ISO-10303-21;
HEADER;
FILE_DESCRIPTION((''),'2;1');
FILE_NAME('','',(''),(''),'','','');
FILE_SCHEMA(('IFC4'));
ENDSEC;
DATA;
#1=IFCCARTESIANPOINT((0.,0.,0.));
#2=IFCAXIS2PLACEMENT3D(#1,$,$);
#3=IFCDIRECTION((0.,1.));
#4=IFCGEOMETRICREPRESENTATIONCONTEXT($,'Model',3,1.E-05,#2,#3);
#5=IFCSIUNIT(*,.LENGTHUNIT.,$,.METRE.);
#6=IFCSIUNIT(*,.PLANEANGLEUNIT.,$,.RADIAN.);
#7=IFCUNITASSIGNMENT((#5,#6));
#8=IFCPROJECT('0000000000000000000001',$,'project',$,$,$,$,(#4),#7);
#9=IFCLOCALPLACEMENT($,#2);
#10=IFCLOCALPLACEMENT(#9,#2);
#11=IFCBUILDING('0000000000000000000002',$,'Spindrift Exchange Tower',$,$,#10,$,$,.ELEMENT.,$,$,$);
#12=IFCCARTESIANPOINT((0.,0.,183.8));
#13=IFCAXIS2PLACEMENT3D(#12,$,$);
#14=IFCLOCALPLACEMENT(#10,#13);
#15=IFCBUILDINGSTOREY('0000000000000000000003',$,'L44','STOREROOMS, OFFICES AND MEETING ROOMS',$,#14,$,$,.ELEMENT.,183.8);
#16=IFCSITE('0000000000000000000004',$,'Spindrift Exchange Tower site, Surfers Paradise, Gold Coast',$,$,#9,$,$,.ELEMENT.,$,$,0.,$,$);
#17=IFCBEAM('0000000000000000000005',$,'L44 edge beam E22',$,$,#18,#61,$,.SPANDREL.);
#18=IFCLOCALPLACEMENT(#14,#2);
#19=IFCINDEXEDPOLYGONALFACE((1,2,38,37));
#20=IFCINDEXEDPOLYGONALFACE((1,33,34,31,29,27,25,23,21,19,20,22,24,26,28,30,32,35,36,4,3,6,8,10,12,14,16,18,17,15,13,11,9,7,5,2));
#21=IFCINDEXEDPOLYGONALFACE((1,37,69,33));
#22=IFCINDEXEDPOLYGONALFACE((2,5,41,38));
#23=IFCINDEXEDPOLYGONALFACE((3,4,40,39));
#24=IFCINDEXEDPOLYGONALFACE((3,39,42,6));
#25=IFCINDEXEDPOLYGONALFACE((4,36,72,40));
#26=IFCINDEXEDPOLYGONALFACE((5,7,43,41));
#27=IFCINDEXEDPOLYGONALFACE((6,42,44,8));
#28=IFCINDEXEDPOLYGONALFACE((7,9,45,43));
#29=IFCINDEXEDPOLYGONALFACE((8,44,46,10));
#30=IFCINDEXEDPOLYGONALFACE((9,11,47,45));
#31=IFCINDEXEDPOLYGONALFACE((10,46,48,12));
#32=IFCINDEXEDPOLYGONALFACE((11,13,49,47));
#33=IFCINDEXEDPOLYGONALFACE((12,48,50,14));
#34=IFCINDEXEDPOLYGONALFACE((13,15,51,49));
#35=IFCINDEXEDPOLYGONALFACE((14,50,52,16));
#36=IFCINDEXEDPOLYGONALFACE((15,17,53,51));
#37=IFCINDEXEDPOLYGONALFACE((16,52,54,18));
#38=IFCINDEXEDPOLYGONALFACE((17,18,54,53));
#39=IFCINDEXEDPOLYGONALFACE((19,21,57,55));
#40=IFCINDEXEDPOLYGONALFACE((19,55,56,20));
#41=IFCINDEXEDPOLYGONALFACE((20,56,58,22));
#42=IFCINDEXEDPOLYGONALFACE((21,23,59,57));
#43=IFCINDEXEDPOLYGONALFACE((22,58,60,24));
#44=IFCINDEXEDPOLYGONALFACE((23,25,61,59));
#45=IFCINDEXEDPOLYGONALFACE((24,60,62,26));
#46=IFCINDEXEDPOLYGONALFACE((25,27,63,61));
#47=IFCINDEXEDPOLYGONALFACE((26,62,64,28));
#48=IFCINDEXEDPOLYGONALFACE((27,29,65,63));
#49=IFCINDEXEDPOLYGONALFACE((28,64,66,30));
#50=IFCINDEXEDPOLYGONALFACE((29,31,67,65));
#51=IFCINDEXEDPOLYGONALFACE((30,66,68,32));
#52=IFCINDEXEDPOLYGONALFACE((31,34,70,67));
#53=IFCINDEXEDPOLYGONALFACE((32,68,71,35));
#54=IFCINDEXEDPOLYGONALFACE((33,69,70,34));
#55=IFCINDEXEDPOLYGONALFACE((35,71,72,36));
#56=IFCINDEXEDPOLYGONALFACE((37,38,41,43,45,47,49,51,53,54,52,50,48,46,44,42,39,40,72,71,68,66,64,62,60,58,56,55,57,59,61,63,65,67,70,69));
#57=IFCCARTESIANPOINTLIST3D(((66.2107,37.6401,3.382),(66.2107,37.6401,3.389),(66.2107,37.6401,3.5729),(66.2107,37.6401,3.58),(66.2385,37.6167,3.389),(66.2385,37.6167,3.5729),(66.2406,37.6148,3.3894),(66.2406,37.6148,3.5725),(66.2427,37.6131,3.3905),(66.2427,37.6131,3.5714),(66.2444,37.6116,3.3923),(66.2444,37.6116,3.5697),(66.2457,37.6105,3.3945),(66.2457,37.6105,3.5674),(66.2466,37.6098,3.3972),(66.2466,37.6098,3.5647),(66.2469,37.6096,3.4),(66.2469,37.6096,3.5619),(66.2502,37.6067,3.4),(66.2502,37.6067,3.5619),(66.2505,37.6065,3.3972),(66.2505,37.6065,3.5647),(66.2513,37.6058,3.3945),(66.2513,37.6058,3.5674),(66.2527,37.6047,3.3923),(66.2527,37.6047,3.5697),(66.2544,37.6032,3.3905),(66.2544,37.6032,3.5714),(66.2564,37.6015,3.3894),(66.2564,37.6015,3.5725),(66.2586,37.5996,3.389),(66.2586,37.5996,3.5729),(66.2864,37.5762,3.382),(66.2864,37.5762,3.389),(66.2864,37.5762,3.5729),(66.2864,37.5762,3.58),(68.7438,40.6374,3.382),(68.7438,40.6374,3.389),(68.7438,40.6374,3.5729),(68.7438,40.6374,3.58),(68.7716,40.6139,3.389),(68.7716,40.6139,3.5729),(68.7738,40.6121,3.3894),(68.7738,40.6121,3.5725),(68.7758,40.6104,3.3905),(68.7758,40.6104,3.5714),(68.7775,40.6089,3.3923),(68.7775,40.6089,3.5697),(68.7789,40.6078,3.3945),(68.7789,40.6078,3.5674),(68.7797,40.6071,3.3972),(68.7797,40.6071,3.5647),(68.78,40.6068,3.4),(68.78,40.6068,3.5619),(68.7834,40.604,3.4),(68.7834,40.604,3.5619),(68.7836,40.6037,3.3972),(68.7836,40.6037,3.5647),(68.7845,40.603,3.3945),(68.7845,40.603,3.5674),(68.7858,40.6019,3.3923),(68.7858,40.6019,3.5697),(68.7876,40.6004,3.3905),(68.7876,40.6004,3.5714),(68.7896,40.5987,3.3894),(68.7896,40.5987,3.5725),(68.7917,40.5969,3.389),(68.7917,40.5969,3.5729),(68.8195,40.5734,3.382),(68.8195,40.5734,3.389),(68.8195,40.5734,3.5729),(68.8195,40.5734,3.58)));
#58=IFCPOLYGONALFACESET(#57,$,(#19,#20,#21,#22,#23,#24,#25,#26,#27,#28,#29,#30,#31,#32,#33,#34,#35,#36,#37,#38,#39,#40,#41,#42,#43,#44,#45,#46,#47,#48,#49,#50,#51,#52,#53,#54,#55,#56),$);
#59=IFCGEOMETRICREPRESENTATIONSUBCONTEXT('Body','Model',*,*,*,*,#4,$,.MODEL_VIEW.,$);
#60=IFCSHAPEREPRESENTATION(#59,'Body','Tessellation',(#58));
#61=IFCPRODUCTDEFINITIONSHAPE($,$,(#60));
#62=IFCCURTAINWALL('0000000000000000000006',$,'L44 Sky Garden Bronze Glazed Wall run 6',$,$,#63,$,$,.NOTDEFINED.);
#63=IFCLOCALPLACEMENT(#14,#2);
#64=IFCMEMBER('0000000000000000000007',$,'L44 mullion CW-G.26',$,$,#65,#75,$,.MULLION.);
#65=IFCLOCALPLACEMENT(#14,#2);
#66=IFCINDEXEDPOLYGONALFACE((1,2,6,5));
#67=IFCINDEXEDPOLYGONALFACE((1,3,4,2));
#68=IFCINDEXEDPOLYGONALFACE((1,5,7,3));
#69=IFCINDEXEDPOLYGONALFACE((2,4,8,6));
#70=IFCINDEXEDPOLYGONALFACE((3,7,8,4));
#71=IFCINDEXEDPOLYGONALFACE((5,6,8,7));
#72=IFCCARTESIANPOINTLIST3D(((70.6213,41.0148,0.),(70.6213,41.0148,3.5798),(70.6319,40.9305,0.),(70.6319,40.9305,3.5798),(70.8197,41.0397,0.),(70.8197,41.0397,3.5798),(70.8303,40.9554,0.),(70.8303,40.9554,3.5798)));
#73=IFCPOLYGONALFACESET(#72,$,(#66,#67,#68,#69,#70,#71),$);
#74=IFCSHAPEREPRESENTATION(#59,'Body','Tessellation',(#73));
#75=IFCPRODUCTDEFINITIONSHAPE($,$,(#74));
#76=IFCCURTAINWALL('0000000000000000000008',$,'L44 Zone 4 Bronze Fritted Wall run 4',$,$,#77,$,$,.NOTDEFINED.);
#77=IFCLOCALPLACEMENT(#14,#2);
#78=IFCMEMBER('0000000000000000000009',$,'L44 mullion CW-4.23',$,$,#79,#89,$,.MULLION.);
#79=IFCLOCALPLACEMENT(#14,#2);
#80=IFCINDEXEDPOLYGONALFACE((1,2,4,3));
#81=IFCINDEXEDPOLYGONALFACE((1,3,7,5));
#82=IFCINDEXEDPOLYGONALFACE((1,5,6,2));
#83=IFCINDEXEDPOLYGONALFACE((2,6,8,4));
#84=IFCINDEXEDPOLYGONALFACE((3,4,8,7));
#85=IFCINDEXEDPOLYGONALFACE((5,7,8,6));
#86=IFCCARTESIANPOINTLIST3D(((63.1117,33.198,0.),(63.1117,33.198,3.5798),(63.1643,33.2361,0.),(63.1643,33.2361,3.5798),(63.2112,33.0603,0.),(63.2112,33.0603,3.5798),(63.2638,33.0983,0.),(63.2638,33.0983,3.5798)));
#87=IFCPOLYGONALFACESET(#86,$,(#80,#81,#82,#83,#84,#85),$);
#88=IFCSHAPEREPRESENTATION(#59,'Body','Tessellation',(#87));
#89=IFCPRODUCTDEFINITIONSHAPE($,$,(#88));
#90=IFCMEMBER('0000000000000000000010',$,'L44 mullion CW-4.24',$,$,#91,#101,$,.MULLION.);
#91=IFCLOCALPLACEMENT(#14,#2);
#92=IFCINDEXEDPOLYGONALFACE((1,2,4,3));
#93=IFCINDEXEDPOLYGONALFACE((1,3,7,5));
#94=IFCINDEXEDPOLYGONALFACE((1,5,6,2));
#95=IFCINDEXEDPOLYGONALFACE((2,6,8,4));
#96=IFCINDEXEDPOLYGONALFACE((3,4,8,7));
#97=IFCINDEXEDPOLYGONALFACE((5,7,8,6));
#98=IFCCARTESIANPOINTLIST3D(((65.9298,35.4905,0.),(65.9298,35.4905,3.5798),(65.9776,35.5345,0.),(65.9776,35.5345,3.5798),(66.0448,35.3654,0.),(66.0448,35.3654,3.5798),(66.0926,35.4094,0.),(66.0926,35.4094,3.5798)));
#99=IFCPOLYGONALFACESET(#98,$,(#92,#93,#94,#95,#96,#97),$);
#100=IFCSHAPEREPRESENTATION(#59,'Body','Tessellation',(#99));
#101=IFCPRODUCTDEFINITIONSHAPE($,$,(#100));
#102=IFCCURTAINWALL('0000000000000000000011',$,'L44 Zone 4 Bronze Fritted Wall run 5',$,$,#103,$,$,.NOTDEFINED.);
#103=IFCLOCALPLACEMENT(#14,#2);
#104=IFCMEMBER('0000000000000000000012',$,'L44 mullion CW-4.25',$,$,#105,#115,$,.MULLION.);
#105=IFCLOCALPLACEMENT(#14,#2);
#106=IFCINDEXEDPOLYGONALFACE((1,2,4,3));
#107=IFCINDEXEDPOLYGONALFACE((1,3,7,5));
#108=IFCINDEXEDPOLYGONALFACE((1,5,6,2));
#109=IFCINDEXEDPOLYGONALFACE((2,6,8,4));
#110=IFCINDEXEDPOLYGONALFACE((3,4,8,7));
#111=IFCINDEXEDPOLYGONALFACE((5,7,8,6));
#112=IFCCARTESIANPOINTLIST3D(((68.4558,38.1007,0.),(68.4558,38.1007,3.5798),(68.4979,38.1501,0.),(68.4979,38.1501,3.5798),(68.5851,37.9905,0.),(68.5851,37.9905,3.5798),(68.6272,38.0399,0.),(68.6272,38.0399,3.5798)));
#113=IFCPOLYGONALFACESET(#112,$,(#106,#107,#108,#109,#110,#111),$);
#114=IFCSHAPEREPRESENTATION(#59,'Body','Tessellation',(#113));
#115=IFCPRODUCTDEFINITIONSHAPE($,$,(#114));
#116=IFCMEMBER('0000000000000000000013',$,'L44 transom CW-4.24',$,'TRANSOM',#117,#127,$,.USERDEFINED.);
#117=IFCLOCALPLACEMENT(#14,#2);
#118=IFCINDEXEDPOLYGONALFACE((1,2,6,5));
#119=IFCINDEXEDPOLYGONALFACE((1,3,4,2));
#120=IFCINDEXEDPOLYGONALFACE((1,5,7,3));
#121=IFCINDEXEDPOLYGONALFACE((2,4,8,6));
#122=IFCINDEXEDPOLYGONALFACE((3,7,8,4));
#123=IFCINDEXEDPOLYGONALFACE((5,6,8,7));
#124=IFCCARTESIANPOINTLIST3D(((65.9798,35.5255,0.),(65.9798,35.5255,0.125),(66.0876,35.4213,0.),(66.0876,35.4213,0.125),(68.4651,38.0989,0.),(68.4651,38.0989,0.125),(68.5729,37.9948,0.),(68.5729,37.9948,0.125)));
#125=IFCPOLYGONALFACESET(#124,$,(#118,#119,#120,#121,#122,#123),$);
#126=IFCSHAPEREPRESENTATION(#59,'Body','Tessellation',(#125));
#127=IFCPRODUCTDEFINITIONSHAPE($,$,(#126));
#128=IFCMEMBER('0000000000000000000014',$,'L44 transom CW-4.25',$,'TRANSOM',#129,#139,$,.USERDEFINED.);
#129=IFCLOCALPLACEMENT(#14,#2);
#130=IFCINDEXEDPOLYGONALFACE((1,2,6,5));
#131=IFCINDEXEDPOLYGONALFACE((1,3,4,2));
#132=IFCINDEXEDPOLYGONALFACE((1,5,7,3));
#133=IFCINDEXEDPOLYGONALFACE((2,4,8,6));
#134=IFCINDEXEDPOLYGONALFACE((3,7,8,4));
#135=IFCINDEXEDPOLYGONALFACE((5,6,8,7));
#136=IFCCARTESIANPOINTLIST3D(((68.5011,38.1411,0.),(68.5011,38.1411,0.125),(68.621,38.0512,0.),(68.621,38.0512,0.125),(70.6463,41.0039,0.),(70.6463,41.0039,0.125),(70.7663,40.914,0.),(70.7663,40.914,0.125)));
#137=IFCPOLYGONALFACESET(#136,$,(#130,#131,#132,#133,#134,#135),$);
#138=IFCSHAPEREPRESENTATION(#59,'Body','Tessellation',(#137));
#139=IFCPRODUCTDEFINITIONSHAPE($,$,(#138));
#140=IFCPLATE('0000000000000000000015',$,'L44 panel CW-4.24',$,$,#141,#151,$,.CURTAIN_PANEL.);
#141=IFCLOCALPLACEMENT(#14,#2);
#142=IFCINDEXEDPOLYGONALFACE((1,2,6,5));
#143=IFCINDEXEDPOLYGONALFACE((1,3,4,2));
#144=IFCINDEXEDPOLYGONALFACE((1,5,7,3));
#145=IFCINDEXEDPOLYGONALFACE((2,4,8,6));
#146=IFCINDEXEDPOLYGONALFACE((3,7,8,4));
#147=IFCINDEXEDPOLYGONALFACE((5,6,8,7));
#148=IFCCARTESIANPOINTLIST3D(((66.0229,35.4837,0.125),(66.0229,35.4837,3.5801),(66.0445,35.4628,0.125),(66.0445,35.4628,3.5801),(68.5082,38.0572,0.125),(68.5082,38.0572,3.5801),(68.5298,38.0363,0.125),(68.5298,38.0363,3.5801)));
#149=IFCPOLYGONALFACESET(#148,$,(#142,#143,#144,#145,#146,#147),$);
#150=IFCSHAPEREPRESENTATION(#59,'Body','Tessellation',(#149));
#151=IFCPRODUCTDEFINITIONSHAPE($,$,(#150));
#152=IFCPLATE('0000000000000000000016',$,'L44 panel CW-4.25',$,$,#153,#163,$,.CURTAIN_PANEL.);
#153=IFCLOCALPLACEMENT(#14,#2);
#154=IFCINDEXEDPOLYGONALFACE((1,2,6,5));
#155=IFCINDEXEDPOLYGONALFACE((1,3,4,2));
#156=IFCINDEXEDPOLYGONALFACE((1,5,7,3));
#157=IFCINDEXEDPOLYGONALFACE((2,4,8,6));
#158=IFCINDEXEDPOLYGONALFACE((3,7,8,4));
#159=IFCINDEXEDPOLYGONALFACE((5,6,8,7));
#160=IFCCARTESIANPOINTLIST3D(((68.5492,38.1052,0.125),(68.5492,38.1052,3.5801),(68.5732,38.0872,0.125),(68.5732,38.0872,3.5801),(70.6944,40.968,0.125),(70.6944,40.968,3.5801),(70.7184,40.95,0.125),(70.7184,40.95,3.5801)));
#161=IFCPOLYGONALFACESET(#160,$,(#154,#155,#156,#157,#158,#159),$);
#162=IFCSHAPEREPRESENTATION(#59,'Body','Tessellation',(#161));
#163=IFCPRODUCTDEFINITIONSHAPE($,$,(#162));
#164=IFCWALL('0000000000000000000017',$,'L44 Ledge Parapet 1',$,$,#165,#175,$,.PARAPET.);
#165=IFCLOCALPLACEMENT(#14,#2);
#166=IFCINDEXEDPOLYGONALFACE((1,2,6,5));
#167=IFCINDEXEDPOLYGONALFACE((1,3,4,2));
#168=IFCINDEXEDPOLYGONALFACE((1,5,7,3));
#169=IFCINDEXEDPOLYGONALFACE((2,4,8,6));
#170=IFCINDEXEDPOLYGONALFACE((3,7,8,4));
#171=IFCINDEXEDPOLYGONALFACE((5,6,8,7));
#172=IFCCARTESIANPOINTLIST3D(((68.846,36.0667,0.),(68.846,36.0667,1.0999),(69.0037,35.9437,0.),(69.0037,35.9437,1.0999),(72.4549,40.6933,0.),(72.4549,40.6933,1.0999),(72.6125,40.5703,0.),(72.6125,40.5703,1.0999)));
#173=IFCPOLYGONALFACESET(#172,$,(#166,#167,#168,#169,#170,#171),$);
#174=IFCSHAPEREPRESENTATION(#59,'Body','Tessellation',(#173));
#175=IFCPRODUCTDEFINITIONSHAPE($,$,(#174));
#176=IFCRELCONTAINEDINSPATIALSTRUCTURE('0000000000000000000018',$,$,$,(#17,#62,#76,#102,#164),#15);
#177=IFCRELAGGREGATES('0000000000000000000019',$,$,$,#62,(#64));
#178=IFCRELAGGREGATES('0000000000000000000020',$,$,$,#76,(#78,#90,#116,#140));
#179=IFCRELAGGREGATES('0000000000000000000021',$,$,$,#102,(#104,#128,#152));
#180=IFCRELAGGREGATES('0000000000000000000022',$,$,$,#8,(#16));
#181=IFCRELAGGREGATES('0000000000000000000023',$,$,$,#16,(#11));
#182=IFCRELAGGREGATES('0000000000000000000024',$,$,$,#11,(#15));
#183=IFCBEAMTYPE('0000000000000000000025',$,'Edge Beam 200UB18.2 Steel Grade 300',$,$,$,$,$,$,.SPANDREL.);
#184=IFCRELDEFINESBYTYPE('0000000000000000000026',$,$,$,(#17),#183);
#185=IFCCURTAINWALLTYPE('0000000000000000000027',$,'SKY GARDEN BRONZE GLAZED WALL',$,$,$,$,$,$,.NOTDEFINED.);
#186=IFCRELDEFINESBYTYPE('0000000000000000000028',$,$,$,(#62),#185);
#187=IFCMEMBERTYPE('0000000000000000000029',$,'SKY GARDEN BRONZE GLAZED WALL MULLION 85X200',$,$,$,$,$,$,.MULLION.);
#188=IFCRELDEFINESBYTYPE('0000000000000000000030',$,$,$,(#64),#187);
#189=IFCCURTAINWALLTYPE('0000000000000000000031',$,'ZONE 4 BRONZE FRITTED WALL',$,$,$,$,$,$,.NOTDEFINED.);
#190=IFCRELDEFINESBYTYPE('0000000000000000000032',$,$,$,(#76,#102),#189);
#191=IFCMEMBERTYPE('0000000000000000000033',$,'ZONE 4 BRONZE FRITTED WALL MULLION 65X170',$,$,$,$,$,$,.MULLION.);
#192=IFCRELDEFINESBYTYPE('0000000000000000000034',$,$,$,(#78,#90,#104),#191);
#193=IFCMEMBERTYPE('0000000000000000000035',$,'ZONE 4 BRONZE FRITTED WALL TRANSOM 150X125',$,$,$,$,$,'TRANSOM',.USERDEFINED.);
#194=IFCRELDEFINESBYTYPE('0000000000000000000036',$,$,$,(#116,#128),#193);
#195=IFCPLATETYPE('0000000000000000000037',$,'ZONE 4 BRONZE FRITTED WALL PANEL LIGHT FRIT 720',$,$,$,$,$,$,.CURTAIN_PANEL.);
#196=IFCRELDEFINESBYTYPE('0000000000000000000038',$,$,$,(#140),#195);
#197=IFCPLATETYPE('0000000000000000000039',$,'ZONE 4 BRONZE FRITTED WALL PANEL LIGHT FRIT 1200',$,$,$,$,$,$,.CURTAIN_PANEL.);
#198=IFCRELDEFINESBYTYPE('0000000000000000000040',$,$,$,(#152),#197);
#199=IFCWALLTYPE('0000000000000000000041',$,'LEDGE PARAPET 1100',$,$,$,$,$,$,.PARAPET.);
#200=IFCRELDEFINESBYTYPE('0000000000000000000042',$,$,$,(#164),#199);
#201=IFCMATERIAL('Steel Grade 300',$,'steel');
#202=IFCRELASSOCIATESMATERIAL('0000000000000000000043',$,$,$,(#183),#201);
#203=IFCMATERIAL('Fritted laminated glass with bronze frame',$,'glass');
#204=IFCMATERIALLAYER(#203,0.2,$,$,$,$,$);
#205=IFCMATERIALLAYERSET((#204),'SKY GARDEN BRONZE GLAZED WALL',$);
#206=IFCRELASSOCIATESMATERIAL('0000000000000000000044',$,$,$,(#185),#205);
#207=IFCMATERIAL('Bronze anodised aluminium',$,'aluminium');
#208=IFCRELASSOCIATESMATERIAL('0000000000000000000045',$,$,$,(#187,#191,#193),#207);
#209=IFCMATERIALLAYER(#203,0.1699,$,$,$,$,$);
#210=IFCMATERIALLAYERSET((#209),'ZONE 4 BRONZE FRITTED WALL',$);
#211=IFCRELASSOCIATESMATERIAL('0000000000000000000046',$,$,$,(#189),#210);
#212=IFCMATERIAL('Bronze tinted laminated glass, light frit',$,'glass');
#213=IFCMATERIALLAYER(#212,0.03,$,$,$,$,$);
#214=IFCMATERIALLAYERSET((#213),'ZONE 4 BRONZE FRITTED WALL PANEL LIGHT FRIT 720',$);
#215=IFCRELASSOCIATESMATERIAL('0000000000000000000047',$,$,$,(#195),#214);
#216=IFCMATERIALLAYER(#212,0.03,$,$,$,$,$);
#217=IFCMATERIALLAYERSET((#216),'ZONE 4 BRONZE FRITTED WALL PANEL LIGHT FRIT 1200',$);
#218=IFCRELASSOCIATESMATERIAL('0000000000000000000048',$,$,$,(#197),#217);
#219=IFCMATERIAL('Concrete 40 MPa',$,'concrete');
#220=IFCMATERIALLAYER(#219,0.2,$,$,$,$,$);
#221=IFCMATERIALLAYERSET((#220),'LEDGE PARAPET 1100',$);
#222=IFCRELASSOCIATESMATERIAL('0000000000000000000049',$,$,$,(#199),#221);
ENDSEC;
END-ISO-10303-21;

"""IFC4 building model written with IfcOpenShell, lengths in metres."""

from ifc_helpers import new_model, si_unit, direction, frame, frame_2d, origin, origin_2d, place, context, subcontext, project, spatial, rectangle, i_section, extrude, source, transform, mapped, material, layer, layer_set, material_profile, profile_set, type_object, element, aggregate, save


model = new_model("IFC4")

# Units and contexts
model_context = context("Model", 3, precision=1e-05, world=origin(), true_north=direction((0.0, 1.0)))
body_context = subcontext(model_context, "Body", "Model", "MODEL_VIEW")
ifc_project = project(units=[si_unit("LENGTHUNIT", "METRE"), si_unit("PLANEANGLEUNIT", "RADIAN")], contexts=[model_context])

# Site, building, storey
site_placement = place(None, origin())
site = spatial("IfcSite", under=ifc_project, at=site_placement, Name="Spindrift Exchange Tower site, Surfers Paradise, Gold Coast", CompositionType="ELEMENT", RefElevation=0.0)
building_placement = place(site_placement, origin())
building = spatial("IfcBuilding", under=site, at=building_placement, Name="Spindrift Exchange Tower", CompositionType="ELEMENT")
storey_placement = place(building_placement, frame((0.0, 0.0, 183.8)))
storey = spatial("IfcBuildingStorey", under=building, at=storey_placement, Name="L44", Description="STOREROOMS, OFFICES AND MEETING ROOMS", CompositionType="ELEMENT", Elevation=183.8)

# Beam
ifc_material_1 = material(Name="Steel Grade 300", Category="steel")
ifc_material_profile_1 = material_profile(ifc_material_1, i_section(OverallWidth=0.0991, OverallDepth=0.198, WebThickness=0.0044, FlangeThickness=0.0071, FilletRadius=0.011, at=origin_2d()), Name="200UB18.2")
ifc_profile_set_1 = profile_set([ifc_material_profile_1], Name="Steel Grade 300")
beam_type = type_object("IfcBeamType", Name="Edge Beam 200UB18.2 Steel Grade 300", PredefinedType="SPANDREL", material=ifc_profile_set_1)
shared_shape_1 = source(origin(), body_context, "Body", "SweptSolid", [
    extrude(i_section(OverallWidth=0.0991, OverallDepth=0.198, WebThickness=0.0044, FlangeThickness=0.0071, FilletRadius=0.011, at=origin_2d()), origin(), (0.0, 0.0, 1.0), 3.9243),
])
beam_1_placement = place(storey_placement, frame((66.2485, 37.6082, 3.481), z_axis=(0.645499, 0.763761, 0.0), x_axis=(-0.763761, 0.645499, 0.0)))
element("IfcBeam", 1, at=beam_1_placement, inside=storey, type_object=beam_type, Name="L44 edge beam E22", PredefinedType="SPANDREL", context=body_context, shape_type="MappedRepresentation", body=[
    mapped(shared_shape_1, transform((0.0, 0.0, 0.0), scale=1.0)),
])

# Curtain wall, member
ifc_material_2 = material(Name="Fritted laminated glass with bronze frame", Category="glass")
ifc_layer_1 = layer(ifc_material_2, 0.2)
ifc_layer_set_1 = layer_set([ifc_layer_1], Name="SKY GARDEN BRONZE GLAZED WALL")
curtain_wall_type_1 = type_object("IfcCurtainWallType", Name="SKY GARDEN BRONZE GLAZED WALL", PredefinedType="NOTDEFINED", material=ifc_layer_set_1)
curtain_wall_1_placement = place(storey_placement, origin())
curtain_wall_1 = element("IfcCurtainWall", 2, at=curtain_wall_1_placement, inside=storey, type_object=curtain_wall_type_1, Name="L44 Sky Garden Bronze Glazed Wall run 6", PredefinedType="NOTDEFINED")
ifc_material_3 = material(Name="Bronze anodised aluminium", Category="aluminium")
ifc_material_profile_2 = material_profile(ifc_material_3, rectangle(XDim=0.085, YDim=0.2, at=origin_2d()), Name="SKY GARDEN BRONZE GLAZED WALL MULLION 85X200")
ifc_profile_set_2 = profile_set([ifc_material_profile_2], Name="Bronze anodised aluminium")
member_type_1 = type_object("IfcMemberType", Name="SKY GARDEN BRONZE GLAZED WALL MULLION 85X200", PredefinedType="MULLION", material=ifc_profile_set_2)
shared_shape_2 = source(origin(), body_context, "Body", "SweptSolid", [
    extrude(rectangle(XDim=0.085, YDim=0.2, at=origin_2d()), origin(), (0.0, 0.0, 1.0), 3.5798),
])
member_1_placement = place(storey_placement, frame((70.7258, 40.9851, 0.0), z_axis=(0.0, 0.0, 1.0), x_axis=(-0.124872, 0.992173, 0.0)))
member_1 = element("IfcMember", 3, at=member_1_placement, type_object=member_type_1, Name="L44 mullion CW-G.26", PredefinedType="MULLION", context=body_context, shape_type="MappedRepresentation", body=[
    mapped(shared_shape_2, transform((0.0, 0.0, 0.0), scale=1.0)),
])
aggregate(curtain_wall_1, [member_1])

# Curtain wall, members
ifc_layer_2 = layer(ifc_material_2, 0.1699)
ifc_layer_set_2 = layer_set([ifc_layer_2], Name="ZONE 4 BRONZE FRITTED WALL")
curtain_wall_type_2 = type_object("IfcCurtainWallType", Name="ZONE 4 BRONZE FRITTED WALL", PredefinedType="NOTDEFINED", material=ifc_layer_set_2)
curtain_wall_2_placement = place(storey_placement, origin())
curtain_wall_2 = element("IfcCurtainWall", 4, at=curtain_wall_2_placement, inside=storey, type_object=curtain_wall_type_2, Name="L44 Zone 4 Bronze Fritted Wall run 4", PredefinedType="NOTDEFINED")
ifc_material_profile_3 = material_profile(ifc_material_3, rectangle(XDim=0.0649, YDim=0.1699, at=origin_2d()), Name="ZONE 4 BRONZE FRITTED WALL MULLION 65X170")
ifc_profile_set_3 = profile_set([ifc_material_profile_3], Name="Bronze anodised aluminium")
member_type_2 = type_object("IfcMemberType", Name="ZONE 4 BRONZE FRITTED WALL MULLION 65X170", PredefinedType="MULLION", material=ifc_profile_set_3)
shared_shape_3 = source(origin(), body_context, "Body", "SweptSolid", [
    extrude(rectangle(XDim=0.0649, YDim=0.1699, at=origin_2d()), origin(), (0.0, 0.0, 1.0), 3.5798),
])
member_2_placement = place(storey_placement, frame((63.1877, 33.1482, 0.0), z_axis=(0.0, 0.0, 1.0), x_axis=(0.810536, 0.585688, 0.0)))
member_2 = element("IfcMember", 5, at=member_2_placement, type_object=member_type_2, Name="L44 mullion CW-4.23", PredefinedType="MULLION", context=body_context, shape_type="MappedRepresentation", body=[
    mapped(shared_shape_3, transform((0.0, 0.0, 0.0), scale=1.0)),
])
member_3_placement = place(storey_placement, frame((66.0112, 35.45, 0.0), z_axis=(0.0, 0.0, 1.0), x_axis=(0.736176, 0.67679, 0.0)))
member_3 = element("IfcMember", 6, at=member_3_placement, type_object=member_type_2, Name="L44 mullion CW-4.24", PredefinedType="MULLION", context=body_context, shape_type="MappedRepresentation", body=[
    mapped(shared_shape_3, transform((0.0, 0.0, 0.0), scale=1.0)),
])

# Curtain wall, member
curtain_wall_3_placement = place(storey_placement, origin())
curtain_wall_3 = element("IfcCurtainWall", 7, at=curtain_wall_3_placement, inside=storey, type_object=curtain_wall_type_2, Name="L44 Zone 4 Bronze Fritted Wall run 5", PredefinedType="NOTDEFINED")
member_4_placement = place(storey_placement, frame((68.5415, 38.0703, 0.0), z_axis=(0.0, 0.0, 1.0), x_axis=(0.648426, 0.761278, 0.0)))
member_4 = element("IfcMember", 8, at=member_4_placement, type_object=member_type_2, Name="L44 mullion CW-4.25", PredefinedType="MULLION", context=body_context, shape_type="MappedRepresentation", body=[
    mapped(shared_shape_3, transform((0.0, 0.0, 0.0), scale=1.0)),
])

# Members
ifc_material_profile_4 = material_profile(ifc_material_3, rectangle(XDim=0.1499, YDim=0.125, at=origin_2d()), Name="ZONE 4 BRONZE FRITTED WALL TRANSOM 150X125")
ifc_profile_set_4 = profile_set([ifc_material_profile_4], Name="Bronze anodised aluminium")
member_type_3 = type_object("IfcMemberType", Name="ZONE 4 BRONZE FRITTED WALL TRANSOM 150X125", ElementType="TRANSOM", PredefinedType="USERDEFINED", material=ifc_profile_set_4)
shared_shape_4 = source(origin(), body_context, "Body", "SweptSolid", [
    extrude(rectangle(XDim=0.1499, YDim=0.125, at=origin_2d()), origin(), (0.0, 0.0, 1.0), 3.5776),
])
member_5_placement = place(storey_placement, frame((66.0337, 35.4734, 0.0625), z_axis=(0.694682, 0.719317, 0.0), x_axis=(-0.719317, 0.694682, 0.0)))
member_5 = element("IfcMember", 9, at=member_5_placement, type_object=member_type_3, Name="L44 transom CW-4.24", ObjectType="TRANSOM", PredefinedType="USERDEFINED", context=body_context, shape_type="MappedRepresentation", body=[
    mapped(shared_shape_4, transform((0.0, 0.0, 0.0), scale=1.0)),
])
shared_shape_5 = source(origin(), body_context, "Body", "SweptSolid", [
    extrude(rectangle(XDim=0.1499, YDim=0.125, at=origin_2d()), origin(), (0.0, 0.0, 1.0), 3.5774),
])
member_6_placement = place(storey_placement, frame((68.561, 38.0962, 0.0625), z_axis=(0.599672, 0.800246, 0.0), x_axis=(-0.800246, 0.599672, 0.0)))
member_6 = element("IfcMember", 10, at=member_6_placement, type_object=member_type_3, Name="L44 transom CW-4.25", ObjectType="TRANSOM", PredefinedType="USERDEFINED", context=body_context, shape_type="MappedRepresentation", body=[
    mapped(shared_shape_5, transform((0.0, 0.0, 0.0), scale=1.0)),
])

# Plates
ifc_material_4 = material(Name="Bronze tinted laminated glass, light frit", Category="glass")
ifc_layer_3 = layer(ifc_material_4, 0.03)
ifc_layer_set_3 = layer_set([ifc_layer_3], Name="ZONE 4 BRONZE FRITTED WALL PANEL LIGHT FRIT 720")
plate_type_1 = type_object("IfcPlateType", Name="ZONE 4 BRONZE FRITTED WALL PANEL LIGHT FRIT 720", PredefinedType="CURTAIN_PANEL", material=ifc_layer_set_3)
shared_shape_6 = source(origin(), body_context, "Body", "SweptSolid", [
    extrude(rectangle(XDim=3.5776, YDim=0.03, at=origin_2d()), origin(), (0.0, 0.0, 1.0), 3.4551),
])
plate_1_placement = place(storey_placement, frame((67.2764, 36.76, 0.125), z_axis=(0.0, 0.0, 1.0), x_axis=(0.69466, 0.719339, 0.0)))
plate_1 = element("IfcPlate", 11, at=plate_1_placement, type_object=plate_type_1, Name="L44 panel CW-4.24", PredefinedType="CURTAIN_PANEL", context=body_context, shape_type="MappedRepresentation", body=[
    mapped(shared_shape_6, transform((0.0, 0.0, 0.0), scale=1.0)),
])
aggregate(curtain_wall_2, [member_2, member_3, member_5, plate_1])
ifc_layer_4 = layer(ifc_material_4, 0.03)
ifc_layer_set_4 = layer_set([ifc_layer_4], Name="ZONE 4 BRONZE FRITTED WALL PANEL LIGHT FRIT 1200")
plate_type_2 = type_object("IfcPlateType", Name="ZONE 4 BRONZE FRITTED WALL PANEL LIGHT FRIT 1200", PredefinedType="CURTAIN_PANEL", material=ifc_layer_set_4)
shared_shape_7 = source(origin(), body_context, "Body", "SweptSolid", [
    extrude(rectangle(XDim=3.5774, YDim=0.03, at=origin_2d()), origin(), (0.0, 0.0, 1.0), 3.4551),
])
plate_2_placement = place(storey_placement, frame((69.6338, 39.5276, 0.125), z_axis=(0.0, 0.0, 1.0), x_axis=(0.599666, 0.80025, 0.0)))
plate_2 = element("IfcPlate", 12, at=plate_2_placement, type_object=plate_type_2, Name="L44 panel CW-4.25", PredefinedType="CURTAIN_PANEL", context=body_context, shape_type="MappedRepresentation", body=[
    mapped(shared_shape_7, transform((0.0, 0.0, 0.0), scale=1.0)),
])
aggregate(curtain_wall_3, [member_4, member_6, plate_2])

# Wall
ifc_material_5 = material(Name="Concrete 40 MPa", Category="concrete")
ifc_layer_5 = layer(ifc_material_5, 0.2)
ifc_layer_set_5 = layer_set([ifc_layer_5], Name="LEDGE PARAPET 1100")
wall_type_1 = type_object("IfcWallType", Name="LEDGE PARAPET 1100", PredefinedType="PARAPET", material=ifc_layer_set_5)
wall_1_placement = place(storey_placement, frame((72.5337, 40.6318, 0.0), z_axis=(0.0, 0.0, 1.0), x_axis=(-0.615037, -0.788498, 0.0)))
element("IfcWall", 13, at=wall_1_placement, inside=storey, type_object=wall_type_1, Name="L44 Ledge Parapet 1", PredefinedType="PARAPET", context=body_context, shape_type="SweptSolid", body=[
    extrude(rectangle(XDim=5.8677, YDim=0.2, at=frame_2d((2.9338, 0.0))), origin(), (0.0, 0.0, 1.0), 1.0999),
])

save(model, "model.ifc")
